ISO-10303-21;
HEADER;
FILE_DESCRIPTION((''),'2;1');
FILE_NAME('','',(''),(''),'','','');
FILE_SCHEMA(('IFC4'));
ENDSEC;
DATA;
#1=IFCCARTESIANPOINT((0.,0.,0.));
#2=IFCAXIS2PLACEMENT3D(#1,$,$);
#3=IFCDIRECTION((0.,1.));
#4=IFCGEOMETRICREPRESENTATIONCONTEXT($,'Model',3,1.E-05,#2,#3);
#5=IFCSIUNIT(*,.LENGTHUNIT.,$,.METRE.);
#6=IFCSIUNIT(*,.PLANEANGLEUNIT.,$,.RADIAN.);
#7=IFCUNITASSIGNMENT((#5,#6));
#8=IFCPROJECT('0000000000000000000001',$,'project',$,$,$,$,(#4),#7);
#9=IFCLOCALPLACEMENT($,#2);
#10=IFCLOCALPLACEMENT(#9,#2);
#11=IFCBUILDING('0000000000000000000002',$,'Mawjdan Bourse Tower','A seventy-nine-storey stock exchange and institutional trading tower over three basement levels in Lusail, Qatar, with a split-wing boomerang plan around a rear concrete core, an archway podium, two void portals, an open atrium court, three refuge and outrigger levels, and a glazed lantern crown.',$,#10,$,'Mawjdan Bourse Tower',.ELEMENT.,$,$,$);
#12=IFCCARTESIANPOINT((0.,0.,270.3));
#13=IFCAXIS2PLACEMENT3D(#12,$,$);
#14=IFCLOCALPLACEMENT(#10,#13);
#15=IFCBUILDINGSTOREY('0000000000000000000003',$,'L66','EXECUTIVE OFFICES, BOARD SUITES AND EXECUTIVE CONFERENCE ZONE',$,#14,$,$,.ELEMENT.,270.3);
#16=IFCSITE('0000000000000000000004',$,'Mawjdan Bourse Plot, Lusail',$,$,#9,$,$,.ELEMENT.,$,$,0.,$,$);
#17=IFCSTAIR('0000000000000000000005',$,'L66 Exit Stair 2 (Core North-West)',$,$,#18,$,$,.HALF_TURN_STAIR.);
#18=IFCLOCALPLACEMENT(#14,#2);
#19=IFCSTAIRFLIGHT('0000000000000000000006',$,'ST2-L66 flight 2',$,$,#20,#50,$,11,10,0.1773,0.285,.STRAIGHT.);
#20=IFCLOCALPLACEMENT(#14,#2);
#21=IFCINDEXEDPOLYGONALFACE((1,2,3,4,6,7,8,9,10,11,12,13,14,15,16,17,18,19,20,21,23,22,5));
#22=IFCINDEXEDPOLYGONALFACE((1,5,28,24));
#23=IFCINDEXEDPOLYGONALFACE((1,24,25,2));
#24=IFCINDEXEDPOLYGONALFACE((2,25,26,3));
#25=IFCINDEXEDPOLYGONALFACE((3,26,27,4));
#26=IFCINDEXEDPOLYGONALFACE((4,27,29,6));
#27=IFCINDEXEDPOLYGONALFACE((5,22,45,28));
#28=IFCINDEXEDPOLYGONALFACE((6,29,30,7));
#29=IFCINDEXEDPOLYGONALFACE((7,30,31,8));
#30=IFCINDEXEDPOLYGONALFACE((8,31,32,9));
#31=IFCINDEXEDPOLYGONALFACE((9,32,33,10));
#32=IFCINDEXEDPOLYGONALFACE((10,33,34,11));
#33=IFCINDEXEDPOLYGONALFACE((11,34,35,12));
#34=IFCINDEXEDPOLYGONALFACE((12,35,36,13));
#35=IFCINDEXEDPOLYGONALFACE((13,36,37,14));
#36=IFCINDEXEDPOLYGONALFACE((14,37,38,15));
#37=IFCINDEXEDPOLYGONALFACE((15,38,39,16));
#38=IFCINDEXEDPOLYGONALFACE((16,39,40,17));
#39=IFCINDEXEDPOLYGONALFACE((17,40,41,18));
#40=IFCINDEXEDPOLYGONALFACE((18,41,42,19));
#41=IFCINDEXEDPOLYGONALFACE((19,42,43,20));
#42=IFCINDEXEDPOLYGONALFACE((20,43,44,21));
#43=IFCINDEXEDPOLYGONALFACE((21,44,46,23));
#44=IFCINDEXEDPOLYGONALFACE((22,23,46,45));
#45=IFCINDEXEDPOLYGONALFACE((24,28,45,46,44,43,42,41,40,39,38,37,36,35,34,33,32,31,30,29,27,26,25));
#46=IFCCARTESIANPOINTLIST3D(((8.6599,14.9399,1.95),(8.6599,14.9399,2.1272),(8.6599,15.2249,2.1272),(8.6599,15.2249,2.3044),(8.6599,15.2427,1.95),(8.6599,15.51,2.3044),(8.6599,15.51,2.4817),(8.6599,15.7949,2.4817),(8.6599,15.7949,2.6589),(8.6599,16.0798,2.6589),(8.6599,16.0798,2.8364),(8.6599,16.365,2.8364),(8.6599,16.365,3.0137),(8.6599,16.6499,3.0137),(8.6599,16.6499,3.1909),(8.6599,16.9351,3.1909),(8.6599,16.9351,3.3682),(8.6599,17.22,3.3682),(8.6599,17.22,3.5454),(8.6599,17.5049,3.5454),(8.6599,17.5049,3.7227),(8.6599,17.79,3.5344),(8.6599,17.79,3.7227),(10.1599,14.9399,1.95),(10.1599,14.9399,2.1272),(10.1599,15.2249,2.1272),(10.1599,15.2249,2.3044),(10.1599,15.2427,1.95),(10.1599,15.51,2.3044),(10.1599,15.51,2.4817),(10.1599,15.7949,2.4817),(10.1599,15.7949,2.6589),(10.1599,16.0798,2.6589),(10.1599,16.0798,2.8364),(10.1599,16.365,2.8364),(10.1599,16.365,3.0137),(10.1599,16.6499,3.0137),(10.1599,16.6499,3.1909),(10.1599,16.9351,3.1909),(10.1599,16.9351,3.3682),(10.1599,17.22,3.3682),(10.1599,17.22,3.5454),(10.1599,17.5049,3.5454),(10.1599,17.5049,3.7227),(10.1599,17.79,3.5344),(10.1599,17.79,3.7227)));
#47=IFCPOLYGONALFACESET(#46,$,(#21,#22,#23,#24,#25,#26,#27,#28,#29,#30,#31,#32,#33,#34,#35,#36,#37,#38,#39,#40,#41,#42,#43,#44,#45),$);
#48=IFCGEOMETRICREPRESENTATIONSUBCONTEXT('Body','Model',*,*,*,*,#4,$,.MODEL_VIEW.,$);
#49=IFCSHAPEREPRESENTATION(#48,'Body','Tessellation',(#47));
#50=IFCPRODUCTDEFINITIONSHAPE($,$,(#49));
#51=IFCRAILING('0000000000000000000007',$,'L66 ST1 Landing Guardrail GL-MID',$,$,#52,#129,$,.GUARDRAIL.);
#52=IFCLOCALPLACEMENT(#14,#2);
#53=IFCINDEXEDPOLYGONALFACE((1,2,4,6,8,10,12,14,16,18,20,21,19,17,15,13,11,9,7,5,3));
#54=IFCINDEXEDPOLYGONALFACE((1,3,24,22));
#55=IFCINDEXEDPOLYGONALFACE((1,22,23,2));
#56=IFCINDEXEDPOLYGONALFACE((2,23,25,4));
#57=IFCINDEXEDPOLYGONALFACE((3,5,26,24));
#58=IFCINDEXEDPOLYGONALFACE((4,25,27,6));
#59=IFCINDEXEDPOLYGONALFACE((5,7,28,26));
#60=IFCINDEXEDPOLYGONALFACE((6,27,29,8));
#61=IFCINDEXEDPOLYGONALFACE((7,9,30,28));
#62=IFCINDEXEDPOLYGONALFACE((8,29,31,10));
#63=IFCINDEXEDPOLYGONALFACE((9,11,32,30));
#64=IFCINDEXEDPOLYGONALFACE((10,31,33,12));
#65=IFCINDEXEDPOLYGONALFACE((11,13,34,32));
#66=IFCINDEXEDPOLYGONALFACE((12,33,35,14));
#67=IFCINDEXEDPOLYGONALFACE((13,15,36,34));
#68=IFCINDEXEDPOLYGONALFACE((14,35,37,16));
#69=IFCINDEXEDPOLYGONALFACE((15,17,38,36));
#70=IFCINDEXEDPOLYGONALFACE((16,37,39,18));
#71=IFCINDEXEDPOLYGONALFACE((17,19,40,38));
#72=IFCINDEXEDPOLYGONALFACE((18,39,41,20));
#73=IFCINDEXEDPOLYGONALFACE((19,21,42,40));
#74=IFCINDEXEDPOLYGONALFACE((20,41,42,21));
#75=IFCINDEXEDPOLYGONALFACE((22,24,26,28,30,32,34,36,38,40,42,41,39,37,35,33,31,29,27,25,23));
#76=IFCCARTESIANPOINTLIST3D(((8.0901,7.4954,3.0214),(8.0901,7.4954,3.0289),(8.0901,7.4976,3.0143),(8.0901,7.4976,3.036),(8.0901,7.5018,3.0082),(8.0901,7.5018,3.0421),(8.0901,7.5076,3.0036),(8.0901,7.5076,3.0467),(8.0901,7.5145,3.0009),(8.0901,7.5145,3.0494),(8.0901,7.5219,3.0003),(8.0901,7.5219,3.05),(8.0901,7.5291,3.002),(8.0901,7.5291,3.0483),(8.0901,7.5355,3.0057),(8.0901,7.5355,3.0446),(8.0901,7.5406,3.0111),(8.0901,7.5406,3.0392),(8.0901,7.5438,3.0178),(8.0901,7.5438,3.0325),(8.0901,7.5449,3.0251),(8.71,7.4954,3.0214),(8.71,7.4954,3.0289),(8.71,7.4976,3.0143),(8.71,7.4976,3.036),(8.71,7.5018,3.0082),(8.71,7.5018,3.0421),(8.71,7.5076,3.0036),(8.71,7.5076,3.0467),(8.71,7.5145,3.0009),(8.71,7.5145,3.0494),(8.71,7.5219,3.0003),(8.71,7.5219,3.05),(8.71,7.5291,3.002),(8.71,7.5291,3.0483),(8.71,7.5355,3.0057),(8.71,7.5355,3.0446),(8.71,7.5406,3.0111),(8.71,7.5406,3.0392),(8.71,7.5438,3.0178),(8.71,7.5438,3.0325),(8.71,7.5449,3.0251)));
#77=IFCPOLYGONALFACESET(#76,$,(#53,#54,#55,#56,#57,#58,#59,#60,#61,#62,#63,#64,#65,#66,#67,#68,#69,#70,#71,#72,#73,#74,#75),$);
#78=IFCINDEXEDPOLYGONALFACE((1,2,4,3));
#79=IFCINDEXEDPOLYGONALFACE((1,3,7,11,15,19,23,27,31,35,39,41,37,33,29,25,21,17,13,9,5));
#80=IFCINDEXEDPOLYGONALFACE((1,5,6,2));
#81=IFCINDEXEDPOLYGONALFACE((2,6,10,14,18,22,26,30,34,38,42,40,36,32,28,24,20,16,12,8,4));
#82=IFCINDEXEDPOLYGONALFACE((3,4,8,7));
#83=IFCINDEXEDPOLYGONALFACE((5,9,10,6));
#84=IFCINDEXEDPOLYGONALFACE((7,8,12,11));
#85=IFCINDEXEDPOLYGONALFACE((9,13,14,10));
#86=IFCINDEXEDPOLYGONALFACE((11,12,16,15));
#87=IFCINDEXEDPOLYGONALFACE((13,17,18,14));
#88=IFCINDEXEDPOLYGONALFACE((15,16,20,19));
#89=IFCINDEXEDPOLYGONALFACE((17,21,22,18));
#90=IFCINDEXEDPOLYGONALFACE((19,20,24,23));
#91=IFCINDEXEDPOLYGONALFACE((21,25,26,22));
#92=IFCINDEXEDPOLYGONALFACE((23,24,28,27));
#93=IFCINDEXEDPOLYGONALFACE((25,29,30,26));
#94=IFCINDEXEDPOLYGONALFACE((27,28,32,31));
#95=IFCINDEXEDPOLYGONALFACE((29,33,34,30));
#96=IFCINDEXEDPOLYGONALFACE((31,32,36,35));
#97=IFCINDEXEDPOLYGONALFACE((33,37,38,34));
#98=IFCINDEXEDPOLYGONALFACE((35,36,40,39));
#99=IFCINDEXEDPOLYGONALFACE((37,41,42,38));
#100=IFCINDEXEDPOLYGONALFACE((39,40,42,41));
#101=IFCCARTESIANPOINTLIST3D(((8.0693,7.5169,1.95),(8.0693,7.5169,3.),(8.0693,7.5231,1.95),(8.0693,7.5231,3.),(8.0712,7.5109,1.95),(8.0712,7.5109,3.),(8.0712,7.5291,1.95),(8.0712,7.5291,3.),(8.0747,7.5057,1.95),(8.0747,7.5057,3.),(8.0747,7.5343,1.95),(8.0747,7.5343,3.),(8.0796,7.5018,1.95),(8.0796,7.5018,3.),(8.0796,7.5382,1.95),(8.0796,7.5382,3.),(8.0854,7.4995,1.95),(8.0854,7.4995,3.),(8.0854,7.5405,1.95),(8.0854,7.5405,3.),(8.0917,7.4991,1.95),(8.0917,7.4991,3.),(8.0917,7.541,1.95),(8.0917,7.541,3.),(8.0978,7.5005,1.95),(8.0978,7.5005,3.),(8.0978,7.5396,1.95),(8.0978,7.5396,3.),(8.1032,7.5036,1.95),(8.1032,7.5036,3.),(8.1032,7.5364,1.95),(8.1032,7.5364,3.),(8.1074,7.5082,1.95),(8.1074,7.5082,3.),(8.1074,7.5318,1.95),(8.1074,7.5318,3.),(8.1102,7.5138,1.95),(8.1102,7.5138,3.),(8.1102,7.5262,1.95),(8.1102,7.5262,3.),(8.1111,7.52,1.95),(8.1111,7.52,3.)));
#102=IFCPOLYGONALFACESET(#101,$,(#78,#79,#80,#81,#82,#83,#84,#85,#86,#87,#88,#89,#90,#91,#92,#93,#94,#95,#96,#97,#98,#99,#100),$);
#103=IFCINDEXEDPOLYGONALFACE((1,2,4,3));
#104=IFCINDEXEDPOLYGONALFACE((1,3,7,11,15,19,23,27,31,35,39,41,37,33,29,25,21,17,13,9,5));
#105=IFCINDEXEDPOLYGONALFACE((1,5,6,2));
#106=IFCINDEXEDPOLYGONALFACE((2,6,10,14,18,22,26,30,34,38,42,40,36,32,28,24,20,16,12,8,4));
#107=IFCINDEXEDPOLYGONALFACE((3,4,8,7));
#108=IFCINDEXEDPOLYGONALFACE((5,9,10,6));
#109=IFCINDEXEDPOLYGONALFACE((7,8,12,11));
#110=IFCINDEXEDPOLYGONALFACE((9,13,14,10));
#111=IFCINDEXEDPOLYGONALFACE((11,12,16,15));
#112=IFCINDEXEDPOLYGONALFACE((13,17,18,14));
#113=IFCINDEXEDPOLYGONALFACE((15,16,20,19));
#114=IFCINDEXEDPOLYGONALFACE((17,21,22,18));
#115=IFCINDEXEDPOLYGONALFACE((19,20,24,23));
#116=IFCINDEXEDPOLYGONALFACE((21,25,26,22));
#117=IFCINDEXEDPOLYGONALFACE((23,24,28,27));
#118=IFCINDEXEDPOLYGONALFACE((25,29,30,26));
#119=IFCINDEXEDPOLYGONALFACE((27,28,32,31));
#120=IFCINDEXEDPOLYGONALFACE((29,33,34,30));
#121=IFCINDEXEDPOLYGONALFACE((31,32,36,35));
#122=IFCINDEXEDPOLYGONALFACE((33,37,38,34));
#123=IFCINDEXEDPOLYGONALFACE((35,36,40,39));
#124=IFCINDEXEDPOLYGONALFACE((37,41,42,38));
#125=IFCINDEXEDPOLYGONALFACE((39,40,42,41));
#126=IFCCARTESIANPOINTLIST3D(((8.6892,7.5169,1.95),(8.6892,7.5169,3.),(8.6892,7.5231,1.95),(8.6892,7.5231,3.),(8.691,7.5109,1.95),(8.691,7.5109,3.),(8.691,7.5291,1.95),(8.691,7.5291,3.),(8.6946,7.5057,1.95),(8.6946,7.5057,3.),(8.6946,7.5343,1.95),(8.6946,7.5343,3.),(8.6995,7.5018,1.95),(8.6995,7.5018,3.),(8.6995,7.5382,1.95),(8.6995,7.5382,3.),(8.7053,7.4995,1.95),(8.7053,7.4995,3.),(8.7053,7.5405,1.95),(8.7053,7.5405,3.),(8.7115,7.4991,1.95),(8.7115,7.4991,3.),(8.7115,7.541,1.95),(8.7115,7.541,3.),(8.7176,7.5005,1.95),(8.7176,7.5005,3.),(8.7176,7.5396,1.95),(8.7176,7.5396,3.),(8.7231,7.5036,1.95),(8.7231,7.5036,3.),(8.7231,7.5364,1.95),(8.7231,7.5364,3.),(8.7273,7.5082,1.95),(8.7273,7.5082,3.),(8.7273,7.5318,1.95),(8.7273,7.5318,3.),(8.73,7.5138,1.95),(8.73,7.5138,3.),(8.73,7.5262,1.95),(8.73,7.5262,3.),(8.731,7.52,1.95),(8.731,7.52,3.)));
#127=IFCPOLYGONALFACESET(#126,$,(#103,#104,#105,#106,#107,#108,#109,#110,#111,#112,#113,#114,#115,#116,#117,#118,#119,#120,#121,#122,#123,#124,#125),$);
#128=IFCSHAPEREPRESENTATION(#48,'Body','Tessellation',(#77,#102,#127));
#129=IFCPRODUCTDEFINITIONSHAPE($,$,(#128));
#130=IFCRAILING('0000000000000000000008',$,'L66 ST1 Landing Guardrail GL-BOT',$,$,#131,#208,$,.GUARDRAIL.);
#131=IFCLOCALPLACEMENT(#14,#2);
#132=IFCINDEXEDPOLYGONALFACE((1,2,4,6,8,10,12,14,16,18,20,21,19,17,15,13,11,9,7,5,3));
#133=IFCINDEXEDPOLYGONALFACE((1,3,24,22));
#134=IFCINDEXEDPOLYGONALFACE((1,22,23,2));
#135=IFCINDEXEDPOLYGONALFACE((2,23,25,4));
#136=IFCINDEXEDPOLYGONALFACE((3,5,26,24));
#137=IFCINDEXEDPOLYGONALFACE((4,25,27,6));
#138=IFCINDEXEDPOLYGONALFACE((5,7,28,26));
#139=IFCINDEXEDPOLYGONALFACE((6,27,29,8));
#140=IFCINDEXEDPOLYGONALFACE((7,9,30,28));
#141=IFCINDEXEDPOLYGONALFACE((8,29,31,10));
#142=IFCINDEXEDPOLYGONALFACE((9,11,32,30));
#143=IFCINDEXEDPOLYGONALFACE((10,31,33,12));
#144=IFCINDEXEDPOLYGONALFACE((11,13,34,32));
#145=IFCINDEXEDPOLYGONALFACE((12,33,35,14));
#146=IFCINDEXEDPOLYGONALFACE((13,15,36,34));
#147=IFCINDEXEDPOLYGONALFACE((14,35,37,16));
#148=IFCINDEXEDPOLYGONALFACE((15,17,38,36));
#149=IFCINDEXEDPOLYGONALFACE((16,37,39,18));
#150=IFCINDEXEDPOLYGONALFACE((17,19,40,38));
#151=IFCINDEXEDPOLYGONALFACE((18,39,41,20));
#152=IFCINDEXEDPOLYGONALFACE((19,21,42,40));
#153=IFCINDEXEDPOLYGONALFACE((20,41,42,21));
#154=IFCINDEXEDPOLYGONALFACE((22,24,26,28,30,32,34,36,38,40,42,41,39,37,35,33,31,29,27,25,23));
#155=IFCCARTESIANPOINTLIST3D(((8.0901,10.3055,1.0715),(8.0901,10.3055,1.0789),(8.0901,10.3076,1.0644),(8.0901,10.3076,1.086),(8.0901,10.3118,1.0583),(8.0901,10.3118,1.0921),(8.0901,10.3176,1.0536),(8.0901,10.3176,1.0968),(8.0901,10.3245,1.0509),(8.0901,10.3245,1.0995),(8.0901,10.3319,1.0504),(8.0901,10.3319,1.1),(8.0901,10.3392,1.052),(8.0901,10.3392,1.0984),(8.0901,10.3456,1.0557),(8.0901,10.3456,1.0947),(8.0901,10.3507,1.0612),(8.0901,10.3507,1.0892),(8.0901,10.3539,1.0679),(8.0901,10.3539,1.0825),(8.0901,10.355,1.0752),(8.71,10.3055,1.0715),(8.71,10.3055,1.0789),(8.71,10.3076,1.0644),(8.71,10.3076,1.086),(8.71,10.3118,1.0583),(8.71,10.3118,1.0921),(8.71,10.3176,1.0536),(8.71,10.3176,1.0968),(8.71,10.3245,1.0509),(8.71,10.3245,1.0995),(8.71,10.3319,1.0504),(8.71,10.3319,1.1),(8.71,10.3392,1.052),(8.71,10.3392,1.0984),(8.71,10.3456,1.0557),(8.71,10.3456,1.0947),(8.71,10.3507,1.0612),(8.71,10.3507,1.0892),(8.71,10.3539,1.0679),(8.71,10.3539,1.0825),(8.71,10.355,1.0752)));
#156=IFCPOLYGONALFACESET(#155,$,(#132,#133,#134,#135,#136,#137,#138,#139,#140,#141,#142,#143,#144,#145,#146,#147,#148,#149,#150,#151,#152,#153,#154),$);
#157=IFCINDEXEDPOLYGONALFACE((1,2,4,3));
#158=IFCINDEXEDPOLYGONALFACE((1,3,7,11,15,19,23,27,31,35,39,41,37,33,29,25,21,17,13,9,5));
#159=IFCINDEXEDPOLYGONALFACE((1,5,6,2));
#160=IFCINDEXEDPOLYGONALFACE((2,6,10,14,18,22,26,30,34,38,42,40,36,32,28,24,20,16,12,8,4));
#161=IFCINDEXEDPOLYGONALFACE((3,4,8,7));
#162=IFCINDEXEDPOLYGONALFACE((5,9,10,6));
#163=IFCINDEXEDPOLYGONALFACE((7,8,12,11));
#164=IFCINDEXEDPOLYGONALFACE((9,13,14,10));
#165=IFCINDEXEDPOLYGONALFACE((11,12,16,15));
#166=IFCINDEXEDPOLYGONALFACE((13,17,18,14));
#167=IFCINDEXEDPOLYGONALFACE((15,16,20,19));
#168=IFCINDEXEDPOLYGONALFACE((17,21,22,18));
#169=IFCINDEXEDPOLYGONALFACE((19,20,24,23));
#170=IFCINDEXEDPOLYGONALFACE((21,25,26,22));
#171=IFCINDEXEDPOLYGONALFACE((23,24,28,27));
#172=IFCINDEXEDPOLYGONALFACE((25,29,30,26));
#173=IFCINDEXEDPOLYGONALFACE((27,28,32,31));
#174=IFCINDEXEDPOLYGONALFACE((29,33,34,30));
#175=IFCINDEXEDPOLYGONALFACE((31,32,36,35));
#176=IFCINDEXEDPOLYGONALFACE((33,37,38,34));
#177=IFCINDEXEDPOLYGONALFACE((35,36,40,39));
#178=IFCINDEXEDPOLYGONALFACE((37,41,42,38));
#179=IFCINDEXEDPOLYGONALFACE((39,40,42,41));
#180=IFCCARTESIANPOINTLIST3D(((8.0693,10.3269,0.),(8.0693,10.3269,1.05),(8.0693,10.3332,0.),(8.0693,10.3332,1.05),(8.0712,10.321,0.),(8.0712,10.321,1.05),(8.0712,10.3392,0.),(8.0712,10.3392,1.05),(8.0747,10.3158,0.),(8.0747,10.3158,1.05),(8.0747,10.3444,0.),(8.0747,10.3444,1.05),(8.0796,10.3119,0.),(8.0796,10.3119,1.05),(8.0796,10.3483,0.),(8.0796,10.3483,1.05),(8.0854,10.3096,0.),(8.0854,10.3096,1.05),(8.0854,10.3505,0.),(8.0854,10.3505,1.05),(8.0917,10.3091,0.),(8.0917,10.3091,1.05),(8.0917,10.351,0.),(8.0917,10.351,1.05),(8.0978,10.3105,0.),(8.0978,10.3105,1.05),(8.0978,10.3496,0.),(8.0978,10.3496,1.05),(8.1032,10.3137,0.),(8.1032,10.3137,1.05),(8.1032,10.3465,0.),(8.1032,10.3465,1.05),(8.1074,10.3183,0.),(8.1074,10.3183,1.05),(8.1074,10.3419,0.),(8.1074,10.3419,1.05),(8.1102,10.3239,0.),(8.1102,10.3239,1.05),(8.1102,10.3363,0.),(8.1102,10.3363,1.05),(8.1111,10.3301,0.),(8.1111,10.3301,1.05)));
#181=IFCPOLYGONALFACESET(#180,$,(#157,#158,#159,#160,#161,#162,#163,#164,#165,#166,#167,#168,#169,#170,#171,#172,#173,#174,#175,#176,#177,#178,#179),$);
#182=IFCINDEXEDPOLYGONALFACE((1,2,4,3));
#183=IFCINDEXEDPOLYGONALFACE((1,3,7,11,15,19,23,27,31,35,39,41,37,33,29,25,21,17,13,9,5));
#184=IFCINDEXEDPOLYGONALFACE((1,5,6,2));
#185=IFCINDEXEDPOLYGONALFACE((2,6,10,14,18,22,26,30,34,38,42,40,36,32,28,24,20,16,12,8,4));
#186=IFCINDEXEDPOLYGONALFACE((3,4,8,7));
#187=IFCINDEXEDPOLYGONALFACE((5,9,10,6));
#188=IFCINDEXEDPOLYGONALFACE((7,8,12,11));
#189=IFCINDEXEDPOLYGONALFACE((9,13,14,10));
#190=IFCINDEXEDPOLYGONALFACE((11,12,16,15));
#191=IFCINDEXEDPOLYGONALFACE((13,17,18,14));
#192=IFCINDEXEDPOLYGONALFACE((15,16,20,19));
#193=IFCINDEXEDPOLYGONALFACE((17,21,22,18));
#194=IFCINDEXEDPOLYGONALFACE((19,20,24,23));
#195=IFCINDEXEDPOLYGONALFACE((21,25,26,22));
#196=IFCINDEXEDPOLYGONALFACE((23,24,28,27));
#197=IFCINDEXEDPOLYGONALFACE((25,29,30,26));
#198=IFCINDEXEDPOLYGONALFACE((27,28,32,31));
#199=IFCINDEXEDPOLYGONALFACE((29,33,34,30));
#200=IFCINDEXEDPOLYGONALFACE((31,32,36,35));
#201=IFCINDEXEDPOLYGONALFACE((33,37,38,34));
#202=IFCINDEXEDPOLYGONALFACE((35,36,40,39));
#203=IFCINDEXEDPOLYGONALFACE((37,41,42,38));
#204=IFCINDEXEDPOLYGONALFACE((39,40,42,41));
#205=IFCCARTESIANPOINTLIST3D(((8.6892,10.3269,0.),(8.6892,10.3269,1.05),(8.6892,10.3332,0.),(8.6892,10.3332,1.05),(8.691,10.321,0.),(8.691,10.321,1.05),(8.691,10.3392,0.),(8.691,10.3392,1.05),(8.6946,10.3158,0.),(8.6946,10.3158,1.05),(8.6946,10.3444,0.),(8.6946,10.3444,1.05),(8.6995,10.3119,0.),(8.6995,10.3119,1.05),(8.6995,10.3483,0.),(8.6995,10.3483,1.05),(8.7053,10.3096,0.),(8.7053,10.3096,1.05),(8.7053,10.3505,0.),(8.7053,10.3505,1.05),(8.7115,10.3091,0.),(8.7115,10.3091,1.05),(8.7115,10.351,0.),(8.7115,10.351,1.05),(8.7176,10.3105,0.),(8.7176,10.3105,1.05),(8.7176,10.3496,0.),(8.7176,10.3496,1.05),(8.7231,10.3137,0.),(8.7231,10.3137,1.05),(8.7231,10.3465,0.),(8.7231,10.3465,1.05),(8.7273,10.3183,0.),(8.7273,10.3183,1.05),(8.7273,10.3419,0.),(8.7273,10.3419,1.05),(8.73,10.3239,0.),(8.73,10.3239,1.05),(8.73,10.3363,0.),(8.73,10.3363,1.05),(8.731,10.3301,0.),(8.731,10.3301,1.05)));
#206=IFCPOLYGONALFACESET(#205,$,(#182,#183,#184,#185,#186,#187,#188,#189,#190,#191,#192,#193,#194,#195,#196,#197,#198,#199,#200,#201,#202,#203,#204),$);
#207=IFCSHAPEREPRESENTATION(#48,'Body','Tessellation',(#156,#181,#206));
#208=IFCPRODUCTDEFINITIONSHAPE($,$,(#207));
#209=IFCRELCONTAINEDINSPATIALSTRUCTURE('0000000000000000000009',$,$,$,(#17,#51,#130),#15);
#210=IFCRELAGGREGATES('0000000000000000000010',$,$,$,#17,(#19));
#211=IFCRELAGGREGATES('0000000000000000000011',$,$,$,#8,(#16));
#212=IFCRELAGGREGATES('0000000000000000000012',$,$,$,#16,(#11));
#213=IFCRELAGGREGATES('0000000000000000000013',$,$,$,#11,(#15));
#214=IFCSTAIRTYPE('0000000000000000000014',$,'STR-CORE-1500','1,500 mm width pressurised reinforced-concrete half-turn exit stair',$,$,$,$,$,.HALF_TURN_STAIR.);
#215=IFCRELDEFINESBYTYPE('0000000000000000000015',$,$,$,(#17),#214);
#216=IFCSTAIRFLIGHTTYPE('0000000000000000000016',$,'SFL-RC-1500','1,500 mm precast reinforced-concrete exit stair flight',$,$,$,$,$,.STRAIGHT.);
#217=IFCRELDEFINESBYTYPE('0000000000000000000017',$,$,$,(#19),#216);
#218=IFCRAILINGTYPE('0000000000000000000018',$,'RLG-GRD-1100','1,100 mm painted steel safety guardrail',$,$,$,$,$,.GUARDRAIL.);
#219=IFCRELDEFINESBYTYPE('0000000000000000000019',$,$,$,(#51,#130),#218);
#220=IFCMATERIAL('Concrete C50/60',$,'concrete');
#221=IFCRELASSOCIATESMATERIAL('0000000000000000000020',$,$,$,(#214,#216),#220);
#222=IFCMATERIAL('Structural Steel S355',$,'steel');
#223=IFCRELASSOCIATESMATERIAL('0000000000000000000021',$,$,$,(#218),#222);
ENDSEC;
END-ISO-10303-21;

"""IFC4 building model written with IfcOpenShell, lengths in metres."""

from ifc_helpers import new_model, si_unit, direction, frame, origin, origin_2d, place, context, subcontext, project, spatial, polyline, circle, outline, extrude, material, type_object, element, aggregate, save


model = new_model("IFC4")

# Units and contexts
model_context = context("Model", 3, precision=1e-05, world=origin(), true_north=direction((0.0, 1.0)))
body_context = subcontext(model_context, "Body", "Model", "MODEL_VIEW")
ifc_project = project(units=[si_unit("LENGTHUNIT", "METRE"), si_unit("PLANEANGLEUNIT", "RADIAN")], contexts=[model_context])

# Site, building, storey
site_placement = place(None, origin())
site = spatial("IfcSite", under=ifc_project, at=site_placement, Name="Mawjdan Bourse Plot, Lusail", CompositionType="ELEMENT", RefElevation=0.0)
building_placement = place(site_placement, origin())
building = spatial("IfcBuilding", under=site, at=building_placement, Name="Mawjdan Bourse Tower", Description="A seventy-nine-storey stock exchange and institutional trading tower over three basement levels in Lusail, Qatar, with a split-wing boomerang plan around a rear concrete core, an archway podium, two void portals, an open atrium court, three refuge and outrigger levels, and a glazed lantern crown.", LongName="Mawjdan Bourse Tower", CompositionType="ELEMENT")
storey_placement = place(building_placement, frame((0.0, 0.0, 270.3)))
storey = spatial("IfcBuildingStorey", under=building, at=storey_placement, Name="L66", Description="EXECUTIVE OFFICES, BOARD SUITES AND EXECUTIVE CONFERENCE ZONE", CompositionType="ELEMENT", Elevation=270.3)

# Shared definitions
ifc_material_1 = material(Name="Concrete C50/60", Category="concrete")

# Shared definitions
stair_type = type_object("IfcStairType", Name="STR-CORE-1500", Description="1,500 mm width pressurised reinforced-concrete half-turn exit stair", PredefinedType="HALF_TURN_STAIR", material=ifc_material_1)
stair_flight_type = type_object("IfcStairFlightType", Name="SFL-RC-1500", Description="1,500 mm precast reinforced-concrete exit stair flight", PredefinedType="STRAIGHT", material=ifc_material_1)

# Stair, stair flight
stair_1_placement = place(storey_placement, origin())
stair_1 = element("IfcStair", 1, at=stair_1_placement, inside=storey, type_object=stair_type, Name="L66 Exit Stair 2 (Core North-West)", PredefinedType="HALF_TURN_STAIR")
stair_flight_1_placement = place(storey_placement, frame((9.4099, 14.9399, 1.95), z_axis=(0.0, 0.0, 1.0), x_axis=(0.0, 1.0, 0.0)))
stair_flight_1 = element("IfcStairFlight", 2, at=stair_flight_1_placement, type_object=stair_flight_type, Name="ST2-L66 flight 2", NumberOfRisers=11, NumberOfTreads=10, PredefinedType="STRAIGHT", RiserHeight=0.1773, TreadLength=0.285, context=body_context, shape_type="SweptSolid", body=[
    extrude(outline(polyline([(0.0, 0.0), (0.0, 0.1772), (0.2849, 0.1772), (0.2849, 0.3545), (0.5701, 0.3545), (0.5701, 0.5317), (0.855, 0.5317), (0.855, 0.709), (1.1399, 0.709), (1.1399, 0.8865), (1.425, 0.8865), (1.425, 1.0637), (1.71, 1.0637), (1.71, 1.241), (1.9951, 1.241), (1.9951, 1.4182), (2.28, 1.4182), (2.28, 1.5955), (2.5649, 1.5955), (2.5649, 1.7727), (2.8501, 1.7727), (2.8501, 1.95), (2.8501, 1.5845), (0.3027, 0.0), (0.0, 0.0)])), frame((0.0, 0.75, 0.0), z_axis=(0.0, -1.0, 0.0), x_axis=(1.0, 0.0, 0.0)), (0.0, 0.0, 1.0), 1.5),
])
aggregate(stair_1, [stair_flight_1])

# Railings
ifc_material_2 = material(Name="Structural Steel S355", Category="steel")
railing_type_1 = type_object("IfcRailingType", Name="RLG-GRD-1100", Description="1,100 mm painted steel safety guardrail", PredefinedType="GUARDRAIL", material=ifc_material_2)
for number, where, name in (
    (3, (8.0901, 7.52, 1.95), "L66 ST1 Landing Guardrail GL-MID"),
    (4, (8.0901, 10.3301, 0.0), "L66 ST1 Landing Guardrail GL-BOT"),
):
    element("IfcRailing", number, at=place(storey_placement, frame(where)), inside=storey, type_object=railing_type_1, Name=name, PredefinedType="GUARDRAIL", context=body_context, shape_type="SweptSolid", body=[
        extrude(circle(Radius=0.0249, at=origin_2d()), frame((0.0, 0.0, 1.0752), z_axis=(1.0, 0.0, 0.0), x_axis=(0.0, 1.0, 0.0)), (0.0, 0.0, 1.0), 0.6199),
        extrude(circle(Radius=0.021, at=origin_2d()), origin(), (0.0, 0.0, 1.0), 1.05),
        extrude(circle(Radius=0.021, at=origin_2d()), frame((0.6199, 0.0, 0.0)), (0.0, 0.0, 1.0), 1.05),
    ])

save(model, "model.ifc")
